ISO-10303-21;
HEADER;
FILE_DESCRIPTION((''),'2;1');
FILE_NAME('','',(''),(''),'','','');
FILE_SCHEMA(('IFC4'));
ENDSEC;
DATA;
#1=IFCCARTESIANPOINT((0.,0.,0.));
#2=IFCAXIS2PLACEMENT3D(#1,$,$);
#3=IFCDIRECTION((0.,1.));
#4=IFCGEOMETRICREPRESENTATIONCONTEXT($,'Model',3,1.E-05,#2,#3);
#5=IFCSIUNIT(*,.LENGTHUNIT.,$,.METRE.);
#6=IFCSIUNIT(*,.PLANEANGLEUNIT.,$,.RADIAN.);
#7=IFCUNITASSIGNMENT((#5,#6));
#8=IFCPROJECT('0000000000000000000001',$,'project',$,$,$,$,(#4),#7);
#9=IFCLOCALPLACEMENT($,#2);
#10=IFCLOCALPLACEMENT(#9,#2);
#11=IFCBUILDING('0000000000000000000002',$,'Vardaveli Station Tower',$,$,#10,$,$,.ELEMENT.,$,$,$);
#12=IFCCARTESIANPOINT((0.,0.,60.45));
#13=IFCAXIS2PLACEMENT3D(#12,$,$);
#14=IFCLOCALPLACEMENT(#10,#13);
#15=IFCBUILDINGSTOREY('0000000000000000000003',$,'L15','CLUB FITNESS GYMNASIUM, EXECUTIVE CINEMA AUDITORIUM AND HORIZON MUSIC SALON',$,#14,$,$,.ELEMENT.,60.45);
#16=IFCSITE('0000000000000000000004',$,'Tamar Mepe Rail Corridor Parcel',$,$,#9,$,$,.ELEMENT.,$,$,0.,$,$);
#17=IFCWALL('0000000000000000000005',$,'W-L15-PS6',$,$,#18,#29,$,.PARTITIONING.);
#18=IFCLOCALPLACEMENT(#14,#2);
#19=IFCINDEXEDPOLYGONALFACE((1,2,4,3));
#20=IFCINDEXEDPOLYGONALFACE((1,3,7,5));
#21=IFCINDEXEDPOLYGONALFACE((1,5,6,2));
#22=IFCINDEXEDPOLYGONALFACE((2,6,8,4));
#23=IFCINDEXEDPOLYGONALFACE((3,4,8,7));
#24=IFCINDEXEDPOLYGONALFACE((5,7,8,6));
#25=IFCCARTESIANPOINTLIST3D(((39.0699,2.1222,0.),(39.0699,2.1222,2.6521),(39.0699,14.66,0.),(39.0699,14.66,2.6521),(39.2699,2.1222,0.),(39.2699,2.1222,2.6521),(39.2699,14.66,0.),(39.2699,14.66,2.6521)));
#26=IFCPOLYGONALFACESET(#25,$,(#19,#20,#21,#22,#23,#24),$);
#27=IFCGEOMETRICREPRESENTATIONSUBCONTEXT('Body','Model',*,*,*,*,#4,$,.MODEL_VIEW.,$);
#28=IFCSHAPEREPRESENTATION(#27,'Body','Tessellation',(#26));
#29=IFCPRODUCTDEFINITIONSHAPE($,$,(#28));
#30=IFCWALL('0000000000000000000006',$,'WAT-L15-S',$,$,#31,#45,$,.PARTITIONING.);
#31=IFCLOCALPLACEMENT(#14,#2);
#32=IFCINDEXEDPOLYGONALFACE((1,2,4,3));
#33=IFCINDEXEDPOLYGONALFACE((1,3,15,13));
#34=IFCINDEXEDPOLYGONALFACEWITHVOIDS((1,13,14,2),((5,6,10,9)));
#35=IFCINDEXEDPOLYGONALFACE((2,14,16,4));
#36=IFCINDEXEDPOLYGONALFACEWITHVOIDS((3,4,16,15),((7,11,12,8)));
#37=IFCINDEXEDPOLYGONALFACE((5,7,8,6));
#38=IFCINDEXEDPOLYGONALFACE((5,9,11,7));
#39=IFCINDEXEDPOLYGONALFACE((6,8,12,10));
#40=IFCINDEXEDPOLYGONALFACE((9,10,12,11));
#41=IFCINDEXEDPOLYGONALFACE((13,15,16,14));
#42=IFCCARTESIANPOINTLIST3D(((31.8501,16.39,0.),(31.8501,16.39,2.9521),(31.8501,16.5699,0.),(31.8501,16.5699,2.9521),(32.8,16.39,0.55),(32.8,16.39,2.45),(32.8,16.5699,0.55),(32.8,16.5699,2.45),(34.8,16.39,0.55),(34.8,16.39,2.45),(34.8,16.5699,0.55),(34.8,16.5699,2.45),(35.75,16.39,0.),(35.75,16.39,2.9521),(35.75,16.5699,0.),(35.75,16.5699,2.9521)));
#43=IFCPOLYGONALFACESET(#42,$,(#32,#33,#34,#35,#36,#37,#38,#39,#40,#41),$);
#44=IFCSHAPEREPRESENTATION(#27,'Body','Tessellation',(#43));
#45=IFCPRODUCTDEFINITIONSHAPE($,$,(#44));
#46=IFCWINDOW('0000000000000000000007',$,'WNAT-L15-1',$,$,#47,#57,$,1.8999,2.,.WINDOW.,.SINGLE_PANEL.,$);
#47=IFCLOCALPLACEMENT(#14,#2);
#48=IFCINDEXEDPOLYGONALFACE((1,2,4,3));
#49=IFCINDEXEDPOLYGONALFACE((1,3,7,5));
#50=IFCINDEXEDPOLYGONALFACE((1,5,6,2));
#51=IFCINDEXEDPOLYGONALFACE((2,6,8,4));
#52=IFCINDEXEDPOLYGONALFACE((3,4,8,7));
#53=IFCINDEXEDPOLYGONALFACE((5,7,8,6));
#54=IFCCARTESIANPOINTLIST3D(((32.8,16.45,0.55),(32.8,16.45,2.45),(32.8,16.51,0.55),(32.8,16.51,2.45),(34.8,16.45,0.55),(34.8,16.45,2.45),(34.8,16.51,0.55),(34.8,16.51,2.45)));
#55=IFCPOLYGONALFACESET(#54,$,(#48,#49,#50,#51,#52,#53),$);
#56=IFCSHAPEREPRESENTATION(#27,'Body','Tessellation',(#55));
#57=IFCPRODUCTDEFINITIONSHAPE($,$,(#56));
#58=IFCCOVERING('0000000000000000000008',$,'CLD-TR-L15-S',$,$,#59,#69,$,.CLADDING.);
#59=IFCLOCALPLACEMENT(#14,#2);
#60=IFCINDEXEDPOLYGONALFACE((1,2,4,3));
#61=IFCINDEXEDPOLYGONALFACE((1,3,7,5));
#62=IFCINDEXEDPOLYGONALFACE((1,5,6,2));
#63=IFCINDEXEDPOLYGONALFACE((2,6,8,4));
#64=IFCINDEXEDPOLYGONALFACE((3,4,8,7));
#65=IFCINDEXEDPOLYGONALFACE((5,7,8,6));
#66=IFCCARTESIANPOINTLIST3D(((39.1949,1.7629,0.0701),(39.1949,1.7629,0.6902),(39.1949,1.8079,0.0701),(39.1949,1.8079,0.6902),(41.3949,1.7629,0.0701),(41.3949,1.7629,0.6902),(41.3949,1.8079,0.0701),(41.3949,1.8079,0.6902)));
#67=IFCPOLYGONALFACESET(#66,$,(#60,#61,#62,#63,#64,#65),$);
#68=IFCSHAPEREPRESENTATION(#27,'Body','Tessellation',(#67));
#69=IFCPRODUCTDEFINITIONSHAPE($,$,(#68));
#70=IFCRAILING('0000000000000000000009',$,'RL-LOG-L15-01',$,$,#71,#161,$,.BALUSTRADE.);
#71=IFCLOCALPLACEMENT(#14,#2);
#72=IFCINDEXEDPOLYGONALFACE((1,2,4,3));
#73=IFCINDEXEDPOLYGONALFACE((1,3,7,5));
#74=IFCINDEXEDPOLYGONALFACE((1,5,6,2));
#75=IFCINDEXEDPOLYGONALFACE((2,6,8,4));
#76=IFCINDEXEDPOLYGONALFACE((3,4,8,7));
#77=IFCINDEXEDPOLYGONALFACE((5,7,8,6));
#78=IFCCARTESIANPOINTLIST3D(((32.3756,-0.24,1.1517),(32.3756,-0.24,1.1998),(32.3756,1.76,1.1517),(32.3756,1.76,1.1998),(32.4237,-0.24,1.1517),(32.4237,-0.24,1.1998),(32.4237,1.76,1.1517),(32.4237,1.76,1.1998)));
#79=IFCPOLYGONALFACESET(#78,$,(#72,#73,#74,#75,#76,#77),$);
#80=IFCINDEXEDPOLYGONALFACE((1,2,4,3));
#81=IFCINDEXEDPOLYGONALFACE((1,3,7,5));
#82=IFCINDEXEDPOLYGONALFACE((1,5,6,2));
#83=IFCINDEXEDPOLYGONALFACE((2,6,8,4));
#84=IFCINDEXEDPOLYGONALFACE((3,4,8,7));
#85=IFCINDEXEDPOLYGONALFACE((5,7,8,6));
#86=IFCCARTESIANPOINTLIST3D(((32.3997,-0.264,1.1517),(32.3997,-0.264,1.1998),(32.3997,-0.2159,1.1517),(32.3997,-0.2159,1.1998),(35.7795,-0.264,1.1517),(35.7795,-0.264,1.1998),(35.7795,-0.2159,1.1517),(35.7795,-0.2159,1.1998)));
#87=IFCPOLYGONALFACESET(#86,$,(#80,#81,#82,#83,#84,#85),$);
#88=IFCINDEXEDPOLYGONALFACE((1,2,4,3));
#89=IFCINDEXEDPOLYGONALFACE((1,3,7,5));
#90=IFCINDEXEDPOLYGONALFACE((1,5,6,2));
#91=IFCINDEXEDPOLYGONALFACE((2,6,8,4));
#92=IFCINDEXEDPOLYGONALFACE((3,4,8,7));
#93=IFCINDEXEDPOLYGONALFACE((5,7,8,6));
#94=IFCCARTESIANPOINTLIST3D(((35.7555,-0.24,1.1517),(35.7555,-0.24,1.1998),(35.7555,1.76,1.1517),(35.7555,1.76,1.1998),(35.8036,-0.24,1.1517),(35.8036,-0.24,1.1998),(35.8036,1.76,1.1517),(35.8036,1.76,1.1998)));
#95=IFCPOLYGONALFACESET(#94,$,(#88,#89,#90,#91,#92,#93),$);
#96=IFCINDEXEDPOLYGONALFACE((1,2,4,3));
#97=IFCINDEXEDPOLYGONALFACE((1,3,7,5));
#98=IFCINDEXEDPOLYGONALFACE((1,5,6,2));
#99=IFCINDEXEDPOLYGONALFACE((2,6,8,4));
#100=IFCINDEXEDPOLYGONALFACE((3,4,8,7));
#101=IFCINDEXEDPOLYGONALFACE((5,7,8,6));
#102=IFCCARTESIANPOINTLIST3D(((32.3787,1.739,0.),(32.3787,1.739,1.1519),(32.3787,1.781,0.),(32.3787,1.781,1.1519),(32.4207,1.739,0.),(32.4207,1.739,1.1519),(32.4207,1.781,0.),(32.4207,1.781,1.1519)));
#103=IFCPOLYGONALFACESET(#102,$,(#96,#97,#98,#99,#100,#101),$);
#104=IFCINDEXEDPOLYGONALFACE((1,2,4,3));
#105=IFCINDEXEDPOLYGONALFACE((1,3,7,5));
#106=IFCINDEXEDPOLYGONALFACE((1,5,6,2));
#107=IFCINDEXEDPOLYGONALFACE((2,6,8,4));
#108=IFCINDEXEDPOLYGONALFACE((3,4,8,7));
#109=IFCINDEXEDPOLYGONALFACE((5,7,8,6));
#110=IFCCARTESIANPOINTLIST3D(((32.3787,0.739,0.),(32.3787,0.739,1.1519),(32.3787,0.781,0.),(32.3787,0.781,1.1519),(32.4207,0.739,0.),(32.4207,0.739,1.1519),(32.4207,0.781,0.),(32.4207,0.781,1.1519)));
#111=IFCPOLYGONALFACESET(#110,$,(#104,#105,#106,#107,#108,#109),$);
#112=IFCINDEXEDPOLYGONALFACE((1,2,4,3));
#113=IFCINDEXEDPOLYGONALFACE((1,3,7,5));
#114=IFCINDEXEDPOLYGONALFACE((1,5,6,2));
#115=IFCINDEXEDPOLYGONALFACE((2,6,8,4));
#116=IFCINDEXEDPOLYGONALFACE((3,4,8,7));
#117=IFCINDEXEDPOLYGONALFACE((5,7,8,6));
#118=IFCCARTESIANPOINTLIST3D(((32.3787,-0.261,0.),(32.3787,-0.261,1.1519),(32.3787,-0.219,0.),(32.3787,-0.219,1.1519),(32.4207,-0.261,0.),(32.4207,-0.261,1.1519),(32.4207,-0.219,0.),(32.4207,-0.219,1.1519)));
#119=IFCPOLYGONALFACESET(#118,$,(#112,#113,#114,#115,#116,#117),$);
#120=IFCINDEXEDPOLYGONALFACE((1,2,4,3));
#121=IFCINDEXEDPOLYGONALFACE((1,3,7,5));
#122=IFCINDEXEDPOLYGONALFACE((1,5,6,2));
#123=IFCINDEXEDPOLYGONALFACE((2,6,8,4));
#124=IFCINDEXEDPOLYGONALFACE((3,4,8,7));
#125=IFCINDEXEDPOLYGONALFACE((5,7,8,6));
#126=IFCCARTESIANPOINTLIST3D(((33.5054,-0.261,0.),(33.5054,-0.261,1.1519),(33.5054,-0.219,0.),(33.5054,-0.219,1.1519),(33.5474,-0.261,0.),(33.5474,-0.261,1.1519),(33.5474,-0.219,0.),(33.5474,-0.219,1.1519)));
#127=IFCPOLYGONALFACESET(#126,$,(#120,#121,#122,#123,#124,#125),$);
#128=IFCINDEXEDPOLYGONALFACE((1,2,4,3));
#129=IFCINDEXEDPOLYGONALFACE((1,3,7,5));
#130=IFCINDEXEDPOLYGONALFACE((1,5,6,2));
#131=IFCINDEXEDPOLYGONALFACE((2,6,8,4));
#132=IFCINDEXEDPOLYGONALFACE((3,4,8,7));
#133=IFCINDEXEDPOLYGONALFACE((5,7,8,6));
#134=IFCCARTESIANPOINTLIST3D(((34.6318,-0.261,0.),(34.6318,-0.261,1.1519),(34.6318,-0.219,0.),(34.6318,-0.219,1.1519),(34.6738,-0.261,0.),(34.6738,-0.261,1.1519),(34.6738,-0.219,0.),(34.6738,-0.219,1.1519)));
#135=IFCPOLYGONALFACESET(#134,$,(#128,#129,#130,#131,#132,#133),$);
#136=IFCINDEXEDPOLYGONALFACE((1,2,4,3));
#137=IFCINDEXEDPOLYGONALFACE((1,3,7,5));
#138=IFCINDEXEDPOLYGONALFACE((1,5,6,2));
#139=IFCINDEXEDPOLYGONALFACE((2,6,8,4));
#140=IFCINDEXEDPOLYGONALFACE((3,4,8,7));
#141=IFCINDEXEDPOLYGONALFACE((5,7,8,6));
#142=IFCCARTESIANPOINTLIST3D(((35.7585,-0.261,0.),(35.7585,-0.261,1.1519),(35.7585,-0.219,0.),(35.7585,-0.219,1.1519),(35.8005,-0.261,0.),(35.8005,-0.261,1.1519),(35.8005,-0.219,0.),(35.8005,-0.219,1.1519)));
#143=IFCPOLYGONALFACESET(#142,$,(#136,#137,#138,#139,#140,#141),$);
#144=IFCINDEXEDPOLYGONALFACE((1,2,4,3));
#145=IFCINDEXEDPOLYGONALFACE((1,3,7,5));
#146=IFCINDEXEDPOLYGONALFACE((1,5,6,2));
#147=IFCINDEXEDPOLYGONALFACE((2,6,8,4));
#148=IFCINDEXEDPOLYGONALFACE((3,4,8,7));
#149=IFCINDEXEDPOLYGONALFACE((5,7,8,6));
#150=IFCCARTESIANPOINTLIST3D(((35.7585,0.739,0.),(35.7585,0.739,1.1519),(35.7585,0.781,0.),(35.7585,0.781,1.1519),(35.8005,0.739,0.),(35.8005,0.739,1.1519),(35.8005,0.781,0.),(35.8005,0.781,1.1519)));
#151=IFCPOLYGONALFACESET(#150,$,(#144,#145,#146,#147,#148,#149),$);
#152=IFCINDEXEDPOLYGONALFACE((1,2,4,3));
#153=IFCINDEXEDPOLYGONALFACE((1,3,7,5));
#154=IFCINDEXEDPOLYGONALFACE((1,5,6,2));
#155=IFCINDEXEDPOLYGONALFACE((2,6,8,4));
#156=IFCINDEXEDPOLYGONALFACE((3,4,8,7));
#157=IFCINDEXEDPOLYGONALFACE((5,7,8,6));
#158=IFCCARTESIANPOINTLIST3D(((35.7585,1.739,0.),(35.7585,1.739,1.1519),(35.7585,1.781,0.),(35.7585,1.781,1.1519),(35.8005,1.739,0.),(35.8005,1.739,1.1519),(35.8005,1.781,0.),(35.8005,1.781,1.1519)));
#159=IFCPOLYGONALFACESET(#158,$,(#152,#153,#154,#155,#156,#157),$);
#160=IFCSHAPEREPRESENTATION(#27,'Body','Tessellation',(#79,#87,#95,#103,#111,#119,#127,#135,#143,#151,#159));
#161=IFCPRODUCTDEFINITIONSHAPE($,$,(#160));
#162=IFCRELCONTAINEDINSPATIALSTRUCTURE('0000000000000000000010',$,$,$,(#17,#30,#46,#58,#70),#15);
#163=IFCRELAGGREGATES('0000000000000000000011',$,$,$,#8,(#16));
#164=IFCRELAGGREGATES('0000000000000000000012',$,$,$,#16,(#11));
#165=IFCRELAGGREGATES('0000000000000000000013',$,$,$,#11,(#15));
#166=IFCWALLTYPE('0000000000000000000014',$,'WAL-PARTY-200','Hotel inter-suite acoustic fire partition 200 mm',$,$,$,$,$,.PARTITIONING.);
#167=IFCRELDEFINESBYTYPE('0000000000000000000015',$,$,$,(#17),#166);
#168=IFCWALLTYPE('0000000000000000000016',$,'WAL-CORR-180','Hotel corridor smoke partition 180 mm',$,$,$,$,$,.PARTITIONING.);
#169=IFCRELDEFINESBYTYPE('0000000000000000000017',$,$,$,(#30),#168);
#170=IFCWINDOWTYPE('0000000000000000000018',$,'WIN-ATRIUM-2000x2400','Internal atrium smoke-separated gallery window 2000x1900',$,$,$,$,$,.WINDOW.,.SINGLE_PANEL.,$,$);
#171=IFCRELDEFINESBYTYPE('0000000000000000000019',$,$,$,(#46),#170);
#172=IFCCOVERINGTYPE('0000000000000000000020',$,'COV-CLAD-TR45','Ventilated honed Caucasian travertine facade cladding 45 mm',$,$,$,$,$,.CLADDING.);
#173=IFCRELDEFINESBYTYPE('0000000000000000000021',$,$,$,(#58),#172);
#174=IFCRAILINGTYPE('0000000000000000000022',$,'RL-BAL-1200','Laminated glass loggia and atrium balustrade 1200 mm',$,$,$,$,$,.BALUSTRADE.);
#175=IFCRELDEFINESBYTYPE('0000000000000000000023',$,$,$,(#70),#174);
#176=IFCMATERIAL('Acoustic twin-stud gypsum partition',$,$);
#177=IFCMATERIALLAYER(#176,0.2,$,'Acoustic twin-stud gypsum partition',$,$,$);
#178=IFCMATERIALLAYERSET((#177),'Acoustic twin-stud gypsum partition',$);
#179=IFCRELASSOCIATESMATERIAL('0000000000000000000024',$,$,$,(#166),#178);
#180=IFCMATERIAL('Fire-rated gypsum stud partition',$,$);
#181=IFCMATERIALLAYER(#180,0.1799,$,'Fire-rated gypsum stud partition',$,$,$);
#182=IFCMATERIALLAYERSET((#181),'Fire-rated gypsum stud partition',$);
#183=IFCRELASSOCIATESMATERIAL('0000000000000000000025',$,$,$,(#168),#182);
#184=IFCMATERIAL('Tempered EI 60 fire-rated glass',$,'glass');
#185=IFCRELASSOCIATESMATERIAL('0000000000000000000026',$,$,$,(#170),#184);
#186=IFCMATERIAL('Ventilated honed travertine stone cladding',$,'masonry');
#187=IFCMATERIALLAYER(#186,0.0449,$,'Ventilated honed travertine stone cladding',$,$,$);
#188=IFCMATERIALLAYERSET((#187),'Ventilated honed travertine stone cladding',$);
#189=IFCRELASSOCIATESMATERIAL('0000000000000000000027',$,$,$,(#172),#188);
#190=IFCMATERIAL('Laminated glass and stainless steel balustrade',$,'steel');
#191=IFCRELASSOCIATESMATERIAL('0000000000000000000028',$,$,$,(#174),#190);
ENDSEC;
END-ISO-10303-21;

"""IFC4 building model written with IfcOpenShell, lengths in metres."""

from ifc_helpers import new_model, si_unit, direction, frame, frame_2d, origin, origin_2d, place, context, subcontext, project, spatial, rectangle, extrude, source, transform, mapped, material, layer, layer_set, type_object, element, fill, save


model = new_model("IFC4")

# Units and contexts
model_context = context("Model", 3, precision=1e-05, world=origin(), true_north=direction((0.0, 1.0)))
body_context = subcontext(model_context, "Body", "Model", "MODEL_VIEW")
ifc_project = project(units=[si_unit("LENGTHUNIT", "METRE"), si_unit("PLANEANGLEUNIT", "RADIAN")], contexts=[model_context])

# Site, building, storey
site_placement = place(None, origin())
site = spatial("IfcSite", under=ifc_project, at=site_placement, Name="Tamar Mepe Rail Corridor Parcel", CompositionType="ELEMENT", RefElevation=0.0)
building_placement = place(site_placement, origin())
building = spatial("IfcBuilding", under=site, at=building_placement, Name="Vardaveli Station Tower", CompositionType="ELEMENT")
storey_placement = place(building_placement, frame((0.0, 0.0, 60.45)))
storey = spatial("IfcBuildingStorey", under=building, at=storey_placement, Name="L15", Description="CLUB FITNESS GYMNASIUM, EXECUTIVE CINEMA AUDITORIUM AND HORIZON MUSIC SALON", CompositionType="ELEMENT", Elevation=60.45)

# Wall
ifc_material_1 = material(Name="Acoustic twin-stud gypsum partition")
ifc_layer_1 = layer(ifc_material_1, 0.2, Name="Acoustic twin-stud gypsum partition")
ifc_layer_set_1 = layer_set([ifc_layer_1], Name="Acoustic twin-stud gypsum partition")
wall_type_1 = type_object("IfcWallType", Name="WAL-PARTY-200", Description="Hotel inter-suite acoustic fire partition 200 mm", PredefinedType="PARTITIONING", material=ifc_layer_set_1)
shared_shape_1 = source(origin(), body_context, "Body", "SweptSolid", [
    extrude(rectangle(XDim=12.5378, YDim=0.2, at=frame_2d((6.269, 0.0))), origin(), (0.0, 0.0, 1.0), 2.6521),
])
for number, where, z_axis, x_axis, name in (
    (1, (39.1699, 2.1221, 0.0), (0.0, 0.0, 1.0), (0.0, 1.0, 0.0), "W-L15-PS6"),
):
    element("IfcWall", number, at=place(storey_placement, frame(where, z_axis=z_axis, x_axis=x_axis)), inside=storey, type_object=wall_type_1, Name=name, PredefinedType="PARTITIONING", context=body_context, shape_type="MappedRepresentation", body=[
        mapped(shared_shape_1, transform((0.0, 0.0, 0.0), scale=1.0)),
    ])

# Wall, opening, window
ifc_material_2 = material(Name="Fire-rated gypsum stud partition")
ifc_layer_2 = layer(ifc_material_2, 0.1799, Name="Fire-rated gypsum stud partition")
ifc_layer_set_2 = layer_set([ifc_layer_2], Name="Fire-rated gypsum stud partition")
wall_type_2 = type_object("IfcWallType", Name="WAL-CORR-180", Description="Hotel corridor smoke partition 180 mm", PredefinedType="PARTITIONING", material=ifc_layer_set_2)
shared_shape_2 = source(origin(), body_context, "Body", "SweptSolid", [
    extrude(rectangle(XDim=3.8999, YDim=0.1799, at=frame_2d((1.95, 0.0))), origin(), (0.0, 0.0, 1.0), 2.9521),
])
wall_1_placement = place(storey_placement, frame((31.8501, 16.48, 0.0), z_axis=(0.0, 0.0, 1.0), x_axis=(1.0, 0.0, 0.0)))
wall_1 = element("IfcWall", 2, at=wall_1_placement, inside=storey, type_object=wall_type_2, Name="WAT-L15-S", PredefinedType="PARTITIONING", context=body_context, shape_type="MappedRepresentation", body=[
    mapped(shared_shape_2, transform((0.0, 0.0, 0.0), scale=1.0)),
])
shared_shape_3 = source(origin(), body_context, "Body", "SweptSolid", [
    extrude(rectangle(XDim=2.0, YDim=1.8999, at=frame_2d((1.0, 0.95))), frame((0.0, 0.1001, 0.0), z_axis=(0.0, -1.0, 0.0), x_axis=(1.0, 0.0, 0.0)), (0.0, 0.0, 1.0), 0.2),
])
opening_placement = place(wall_1_placement, frame((0.95, 0.0, 0.55)))
opening = element("IfcOpeningElement", 3, at=opening_placement, cuts=wall_1, PredefinedType="OPENING", context=body_context, shape_type="MappedRepresentation", body=[
    mapped(shared_shape_3, transform((0.0, 0.0, 0.0), scale=1.0)),
])
ifc_material_3 = material(Name="Tempered EI 60 fire-rated glass", Category="glass")
window_type = type_object("IfcWindowType", Name="WIN-ATRIUM-2000x2400", Description="Internal atrium smoke-separated gallery window 2000x1900", PartitioningType="SINGLE_PANEL", PredefinedType="WINDOW", material=ifc_material_3)
shared_shape_4 = source(origin(), body_context, "Body", "SweptSolid", [
    extrude(rectangle(XDim=2.0, YDim=1.8999, at=frame_2d((1.0, 0.95))), frame((0.0, 0.03, 0.0), z_axis=(0.0, -1.0, 0.0), x_axis=(1.0, 0.0, 0.0)), (0.0, 0.0, 1.0), 0.0601),
])
window_placement = place(opening_placement, origin())
window = element("IfcWindow", 4, at=window_placement, inside=storey, type_object=window_type, Name="WNAT-L15-1", OverallHeight=1.8999, OverallWidth=2.0, PartitioningType="SINGLE_PANEL", PredefinedType="WINDOW", context=body_context, shape_type="MappedRepresentation", body=[
    mapped(shared_shape_4, transform((0.0, 0.0, 0.0), scale=1.0)),
])
fill(opening, window)

# Covering
ifc_material_4 = material(Name="Ventilated honed travertine stone cladding", Category="masonry")
ifc_layer_3 = layer(ifc_material_4, 0.0449, Name="Ventilated honed travertine stone cladding")
ifc_layer_set_3 = layer_set([ifc_layer_3], Name="Ventilated honed travertine stone cladding")
covering_type = type_object("IfcCoveringType", Name="COV-CLAD-TR45", Description="Ventilated honed Caucasian travertine facade cladding 45 mm", PredefinedType="CLADDING", material=ifc_layer_set_3)
shared_shape_5 = source(origin(), body_context, "Body", "SweptSolid", [
    extrude(rectangle(XDim=2.2, YDim=0.0449, at=origin_2d()), origin(), (0.0, 0.0, 1.0), 0.6201),
])
covering_placement = place(storey_placement, frame((40.2949, 1.7854, 0.0701), z_axis=(0.0, 0.0, 1.0), x_axis=(1.0, 0.0, 0.0)))
element("IfcCovering", 5, at=covering_placement, inside=storey, type_object=covering_type, Name="CLD-TR-L15-S", PredefinedType="CLADDING", context=body_context, shape_type="MappedRepresentation", body=[
    mapped(shared_shape_5, transform((0.0, 0.0, 0.0), scale=1.0)),
])

# Railing
ifc_material_5 = material(Name="Laminated glass and stainless steel balustrade", Category="steel")
railing_type = type_object("IfcRailingType", Name="RL-BAL-1200", Description="Laminated glass loggia and atrium balustrade 1200 mm", PredefinedType="BALUSTRADE", material=ifc_material_5)
shared_shape_6 = source(origin(), body_context, "Body", "SweptSolid", [
    extrude(rectangle(XDim=0.0481, YDim=0.0481, at=origin_2d()), frame((0.0, 0.0, 1.1758), z_axis=(0.0, -1.0, 0.0), x_axis=(1.0, 0.0, 0.0)), (0.0, 0.0, 1.0), 2.0),
    extrude(rectangle(XDim=0.0481, YDim=0.0481, at=origin_2d()), frame((0.0, -2.0, 1.1758), z_axis=(1.0, 0.0, 0.0), x_axis=(0.0, 1.0, 0.0)), (0.0, 0.0, 1.0), 3.3799),
    extrude(rectangle(XDim=0.0481, YDim=0.0481, at=origin_2d()), frame((3.3799, -2.0, 1.1758), z_axis=(0.0, 1.0, 0.0), x_axis=(-1.0, 0.0, 0.0)), (0.0, 0.0, 1.0), 2.0),
    extrude(rectangle(XDim=0.042, YDim=0.042, at=origin_2d()), origin(), (0.0, 0.0, 1.0), 1.1519),
    extrude(rectangle(XDim=0.042, YDim=0.042, at=origin_2d()), frame((0.0, -1.0, 0.0)), (0.0, 0.0, 1.0), 1.1519),
    extrude(rectangle(XDim=0.042, YDim=0.042, at=origin_2d()), frame((0.0, -2.0, 0.0)), (0.0, 0.0, 1.0), 1.1519),
    extrude(rectangle(XDim=0.042, YDim=0.042, at=origin_2d()), frame((1.1267, -2.0, 0.0)), (0.0, 0.0, 1.0), 1.1519),
    extrude(rectangle(XDim=0.042, YDim=0.042, at=origin_2d()), frame((2.2532, -2.0, 0.0)), (0.0, 0.0, 1.0), 1.1519),
    extrude(rectangle(XDim=0.042, YDim=0.042, at=origin_2d()), frame((3.3799, -2.0, 0.0)), (0.0, 0.0, 1.0), 1.1519),
    extrude(rectangle(XDim=0.042, YDim=0.042, at=origin_2d()), frame((3.3799, -1.0, 0.0)), (0.0, 0.0, 1.0), 1.1519),
    extrude(rectangle(XDim=0.042, YDim=0.042, at=origin_2d()), frame((3.3799, 0.0, 0.0)), (0.0, 0.0, 1.0), 1.1519),
])
railing_1_placement = place(storey_placement, frame((32.3997, 1.76, 0.0)))
element("IfcRailing", 6, at=railing_1_placement, inside=storey, type_object=railing_type, Name="RL-LOG-L15-01", PredefinedType="BALUSTRADE", context=body_context, shape_type="MappedRepresentation", body=[
    mapped(shared_shape_6, transform((0.0, 0.0, 0.0), scale=1.0)),
])

save(model, "model.ifc")
